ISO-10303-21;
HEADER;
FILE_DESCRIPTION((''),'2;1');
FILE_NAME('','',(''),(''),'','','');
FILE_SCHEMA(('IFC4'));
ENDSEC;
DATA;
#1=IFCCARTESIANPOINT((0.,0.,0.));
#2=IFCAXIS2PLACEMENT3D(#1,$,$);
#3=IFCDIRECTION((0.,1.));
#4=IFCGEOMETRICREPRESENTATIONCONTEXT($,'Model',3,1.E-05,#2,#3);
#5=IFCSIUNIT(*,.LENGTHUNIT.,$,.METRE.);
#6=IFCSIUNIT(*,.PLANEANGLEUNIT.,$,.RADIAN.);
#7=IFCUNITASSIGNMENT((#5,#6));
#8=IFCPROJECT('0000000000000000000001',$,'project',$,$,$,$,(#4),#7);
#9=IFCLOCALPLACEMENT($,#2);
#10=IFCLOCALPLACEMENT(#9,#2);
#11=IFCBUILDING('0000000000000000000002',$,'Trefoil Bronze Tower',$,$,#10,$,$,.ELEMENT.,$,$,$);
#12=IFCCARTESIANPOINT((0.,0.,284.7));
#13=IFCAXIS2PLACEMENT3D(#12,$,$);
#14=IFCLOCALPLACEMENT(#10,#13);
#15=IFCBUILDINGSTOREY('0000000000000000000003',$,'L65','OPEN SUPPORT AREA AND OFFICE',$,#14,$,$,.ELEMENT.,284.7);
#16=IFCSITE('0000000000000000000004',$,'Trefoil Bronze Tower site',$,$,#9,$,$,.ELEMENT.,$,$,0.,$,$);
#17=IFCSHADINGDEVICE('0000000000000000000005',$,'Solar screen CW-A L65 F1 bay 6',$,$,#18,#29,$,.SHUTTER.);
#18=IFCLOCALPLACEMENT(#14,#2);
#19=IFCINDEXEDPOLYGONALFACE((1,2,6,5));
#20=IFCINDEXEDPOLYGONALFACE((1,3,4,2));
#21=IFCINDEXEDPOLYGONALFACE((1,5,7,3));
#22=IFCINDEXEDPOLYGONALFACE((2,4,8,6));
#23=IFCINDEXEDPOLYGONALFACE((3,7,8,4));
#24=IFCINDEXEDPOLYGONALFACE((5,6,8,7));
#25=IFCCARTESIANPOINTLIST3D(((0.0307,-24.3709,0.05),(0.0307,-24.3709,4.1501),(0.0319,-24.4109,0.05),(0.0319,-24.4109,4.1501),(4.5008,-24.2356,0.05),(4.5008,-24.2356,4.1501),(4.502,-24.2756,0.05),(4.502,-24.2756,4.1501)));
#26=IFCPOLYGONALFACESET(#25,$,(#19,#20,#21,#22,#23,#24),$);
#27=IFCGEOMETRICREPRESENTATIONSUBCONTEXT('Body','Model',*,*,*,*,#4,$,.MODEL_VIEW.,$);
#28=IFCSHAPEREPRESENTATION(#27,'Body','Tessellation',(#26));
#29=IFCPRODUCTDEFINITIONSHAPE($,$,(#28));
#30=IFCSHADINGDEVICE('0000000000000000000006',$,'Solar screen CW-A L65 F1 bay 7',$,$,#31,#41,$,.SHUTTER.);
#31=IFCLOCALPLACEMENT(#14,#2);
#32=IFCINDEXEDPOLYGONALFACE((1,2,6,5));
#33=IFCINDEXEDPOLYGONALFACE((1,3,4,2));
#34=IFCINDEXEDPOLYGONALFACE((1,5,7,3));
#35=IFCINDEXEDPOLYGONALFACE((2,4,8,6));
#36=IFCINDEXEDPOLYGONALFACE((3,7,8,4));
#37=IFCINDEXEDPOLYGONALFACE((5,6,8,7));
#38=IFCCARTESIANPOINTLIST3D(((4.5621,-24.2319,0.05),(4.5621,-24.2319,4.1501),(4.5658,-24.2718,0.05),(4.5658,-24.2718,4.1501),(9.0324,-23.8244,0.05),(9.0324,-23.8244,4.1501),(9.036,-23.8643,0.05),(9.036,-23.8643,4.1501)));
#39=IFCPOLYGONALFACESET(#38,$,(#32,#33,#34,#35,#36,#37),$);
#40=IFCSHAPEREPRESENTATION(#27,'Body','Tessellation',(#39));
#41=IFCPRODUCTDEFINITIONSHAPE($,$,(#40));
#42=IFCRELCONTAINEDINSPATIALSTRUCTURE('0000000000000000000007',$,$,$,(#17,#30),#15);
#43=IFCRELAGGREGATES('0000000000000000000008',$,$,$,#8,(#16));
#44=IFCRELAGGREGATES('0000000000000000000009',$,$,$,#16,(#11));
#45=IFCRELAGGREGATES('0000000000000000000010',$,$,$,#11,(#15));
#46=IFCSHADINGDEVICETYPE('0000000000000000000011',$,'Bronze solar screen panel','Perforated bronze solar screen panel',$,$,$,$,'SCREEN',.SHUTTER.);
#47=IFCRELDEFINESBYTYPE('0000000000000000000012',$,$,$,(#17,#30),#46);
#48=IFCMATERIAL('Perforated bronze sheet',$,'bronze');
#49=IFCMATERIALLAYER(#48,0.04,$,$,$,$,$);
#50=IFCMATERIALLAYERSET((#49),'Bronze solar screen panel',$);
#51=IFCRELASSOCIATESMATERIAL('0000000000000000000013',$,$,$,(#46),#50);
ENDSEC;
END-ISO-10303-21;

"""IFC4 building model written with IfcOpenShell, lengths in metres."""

from ifc_helpers import new_model, si_unit, direction, frame, origin, origin_2d, place, context, subcontext, project, spatial, rectangle, extrude, material, layer, layer_set, type_object, element, save


model = new_model("IFC4")

# Units and contexts
model_context = context("Model", 3, precision=1e-05, world=origin(), true_north=direction((0.0, 1.0)))
body_context = subcontext(model_context, "Body", "Model", "MODEL_VIEW")
ifc_project = project(units=[si_unit("LENGTHUNIT", "METRE"), si_unit("PLANEANGLEUNIT", "RADIAN")], contexts=[model_context])

# Site, building, storey
site_placement = place(None, origin())
site = spatial("IfcSite", under=ifc_project, at=site_placement, Name="Trefoil Bronze Tower site", CompositionType="ELEMENT", RefElevation=0.0)
building_placement = place(site_placement, origin())
building = spatial("IfcBuilding", under=site, at=building_placement, Name="Trefoil Bronze Tower", CompositionType="ELEMENT")
storey_placement = place(building_placement, frame((0.0, 0.0, 284.7)))
storey = spatial("IfcBuildingStorey", under=building, at=storey_placement, Name="L65", Description="OPEN SUPPORT AREA AND OFFICE", CompositionType="ELEMENT", Elevation=284.7)

# Shading devices
ifc_material_1 = material(Name="Perforated bronze sheet", Category="bronze")
ifc_layer_1 = layer(ifc_material_1, 0.04)
ifc_layer_set_1 = layer_set([ifc_layer_1], Name="Bronze solar screen panel")
shading_device_type = type_object("IfcShadingDeviceType", Name="Bronze solar screen panel", Description="Perforated bronze solar screen panel", ElementType="SCREEN", PredefinedType="SHUTTER", material=ifc_layer_set_1)
shading_device_1_placement = place(storey_placement, frame((2.2664, -24.3232, 0.05), z_axis=(0.0, 0.0, 1.0), x_axis=(0.999542, 0.030263, 0.0)))
element("IfcShadingDevice", 1, at=shading_device_1_placement, inside=storey, type_object=shading_device_type, Name="Solar screen CW-A L65 F1 bay 6", PredefinedType="SHUTTER", context=body_context, shape_type="SweptSolid", body=[
    extrude(rectangle(XDim=4.4722, YDim=0.04, at=origin_2d()), origin(), (0.0, 0.0, 1.0), 4.1001),
])
shading_device_2_placement = place(storey_placement, frame((6.7991, -24.0481, 0.05), z_axis=(0.0, 0.0, 1.0), x_axis=(0.99587, 0.090789, 0.0)))
element("IfcShadingDevice", 2, at=shading_device_2_placement, inside=storey, type_object=shading_device_type, Name="Solar screen CW-A L65 F1 bay 7", PredefinedType="SHUTTER", context=body_context, shape_type="SweptSolid", body=[
    extrude(rectangle(XDim=4.4888, YDim=0.04, at=origin_2d()), origin(), (0.0, 0.0, 1.0), 4.1001),
])

save(model, "model.ifc")
